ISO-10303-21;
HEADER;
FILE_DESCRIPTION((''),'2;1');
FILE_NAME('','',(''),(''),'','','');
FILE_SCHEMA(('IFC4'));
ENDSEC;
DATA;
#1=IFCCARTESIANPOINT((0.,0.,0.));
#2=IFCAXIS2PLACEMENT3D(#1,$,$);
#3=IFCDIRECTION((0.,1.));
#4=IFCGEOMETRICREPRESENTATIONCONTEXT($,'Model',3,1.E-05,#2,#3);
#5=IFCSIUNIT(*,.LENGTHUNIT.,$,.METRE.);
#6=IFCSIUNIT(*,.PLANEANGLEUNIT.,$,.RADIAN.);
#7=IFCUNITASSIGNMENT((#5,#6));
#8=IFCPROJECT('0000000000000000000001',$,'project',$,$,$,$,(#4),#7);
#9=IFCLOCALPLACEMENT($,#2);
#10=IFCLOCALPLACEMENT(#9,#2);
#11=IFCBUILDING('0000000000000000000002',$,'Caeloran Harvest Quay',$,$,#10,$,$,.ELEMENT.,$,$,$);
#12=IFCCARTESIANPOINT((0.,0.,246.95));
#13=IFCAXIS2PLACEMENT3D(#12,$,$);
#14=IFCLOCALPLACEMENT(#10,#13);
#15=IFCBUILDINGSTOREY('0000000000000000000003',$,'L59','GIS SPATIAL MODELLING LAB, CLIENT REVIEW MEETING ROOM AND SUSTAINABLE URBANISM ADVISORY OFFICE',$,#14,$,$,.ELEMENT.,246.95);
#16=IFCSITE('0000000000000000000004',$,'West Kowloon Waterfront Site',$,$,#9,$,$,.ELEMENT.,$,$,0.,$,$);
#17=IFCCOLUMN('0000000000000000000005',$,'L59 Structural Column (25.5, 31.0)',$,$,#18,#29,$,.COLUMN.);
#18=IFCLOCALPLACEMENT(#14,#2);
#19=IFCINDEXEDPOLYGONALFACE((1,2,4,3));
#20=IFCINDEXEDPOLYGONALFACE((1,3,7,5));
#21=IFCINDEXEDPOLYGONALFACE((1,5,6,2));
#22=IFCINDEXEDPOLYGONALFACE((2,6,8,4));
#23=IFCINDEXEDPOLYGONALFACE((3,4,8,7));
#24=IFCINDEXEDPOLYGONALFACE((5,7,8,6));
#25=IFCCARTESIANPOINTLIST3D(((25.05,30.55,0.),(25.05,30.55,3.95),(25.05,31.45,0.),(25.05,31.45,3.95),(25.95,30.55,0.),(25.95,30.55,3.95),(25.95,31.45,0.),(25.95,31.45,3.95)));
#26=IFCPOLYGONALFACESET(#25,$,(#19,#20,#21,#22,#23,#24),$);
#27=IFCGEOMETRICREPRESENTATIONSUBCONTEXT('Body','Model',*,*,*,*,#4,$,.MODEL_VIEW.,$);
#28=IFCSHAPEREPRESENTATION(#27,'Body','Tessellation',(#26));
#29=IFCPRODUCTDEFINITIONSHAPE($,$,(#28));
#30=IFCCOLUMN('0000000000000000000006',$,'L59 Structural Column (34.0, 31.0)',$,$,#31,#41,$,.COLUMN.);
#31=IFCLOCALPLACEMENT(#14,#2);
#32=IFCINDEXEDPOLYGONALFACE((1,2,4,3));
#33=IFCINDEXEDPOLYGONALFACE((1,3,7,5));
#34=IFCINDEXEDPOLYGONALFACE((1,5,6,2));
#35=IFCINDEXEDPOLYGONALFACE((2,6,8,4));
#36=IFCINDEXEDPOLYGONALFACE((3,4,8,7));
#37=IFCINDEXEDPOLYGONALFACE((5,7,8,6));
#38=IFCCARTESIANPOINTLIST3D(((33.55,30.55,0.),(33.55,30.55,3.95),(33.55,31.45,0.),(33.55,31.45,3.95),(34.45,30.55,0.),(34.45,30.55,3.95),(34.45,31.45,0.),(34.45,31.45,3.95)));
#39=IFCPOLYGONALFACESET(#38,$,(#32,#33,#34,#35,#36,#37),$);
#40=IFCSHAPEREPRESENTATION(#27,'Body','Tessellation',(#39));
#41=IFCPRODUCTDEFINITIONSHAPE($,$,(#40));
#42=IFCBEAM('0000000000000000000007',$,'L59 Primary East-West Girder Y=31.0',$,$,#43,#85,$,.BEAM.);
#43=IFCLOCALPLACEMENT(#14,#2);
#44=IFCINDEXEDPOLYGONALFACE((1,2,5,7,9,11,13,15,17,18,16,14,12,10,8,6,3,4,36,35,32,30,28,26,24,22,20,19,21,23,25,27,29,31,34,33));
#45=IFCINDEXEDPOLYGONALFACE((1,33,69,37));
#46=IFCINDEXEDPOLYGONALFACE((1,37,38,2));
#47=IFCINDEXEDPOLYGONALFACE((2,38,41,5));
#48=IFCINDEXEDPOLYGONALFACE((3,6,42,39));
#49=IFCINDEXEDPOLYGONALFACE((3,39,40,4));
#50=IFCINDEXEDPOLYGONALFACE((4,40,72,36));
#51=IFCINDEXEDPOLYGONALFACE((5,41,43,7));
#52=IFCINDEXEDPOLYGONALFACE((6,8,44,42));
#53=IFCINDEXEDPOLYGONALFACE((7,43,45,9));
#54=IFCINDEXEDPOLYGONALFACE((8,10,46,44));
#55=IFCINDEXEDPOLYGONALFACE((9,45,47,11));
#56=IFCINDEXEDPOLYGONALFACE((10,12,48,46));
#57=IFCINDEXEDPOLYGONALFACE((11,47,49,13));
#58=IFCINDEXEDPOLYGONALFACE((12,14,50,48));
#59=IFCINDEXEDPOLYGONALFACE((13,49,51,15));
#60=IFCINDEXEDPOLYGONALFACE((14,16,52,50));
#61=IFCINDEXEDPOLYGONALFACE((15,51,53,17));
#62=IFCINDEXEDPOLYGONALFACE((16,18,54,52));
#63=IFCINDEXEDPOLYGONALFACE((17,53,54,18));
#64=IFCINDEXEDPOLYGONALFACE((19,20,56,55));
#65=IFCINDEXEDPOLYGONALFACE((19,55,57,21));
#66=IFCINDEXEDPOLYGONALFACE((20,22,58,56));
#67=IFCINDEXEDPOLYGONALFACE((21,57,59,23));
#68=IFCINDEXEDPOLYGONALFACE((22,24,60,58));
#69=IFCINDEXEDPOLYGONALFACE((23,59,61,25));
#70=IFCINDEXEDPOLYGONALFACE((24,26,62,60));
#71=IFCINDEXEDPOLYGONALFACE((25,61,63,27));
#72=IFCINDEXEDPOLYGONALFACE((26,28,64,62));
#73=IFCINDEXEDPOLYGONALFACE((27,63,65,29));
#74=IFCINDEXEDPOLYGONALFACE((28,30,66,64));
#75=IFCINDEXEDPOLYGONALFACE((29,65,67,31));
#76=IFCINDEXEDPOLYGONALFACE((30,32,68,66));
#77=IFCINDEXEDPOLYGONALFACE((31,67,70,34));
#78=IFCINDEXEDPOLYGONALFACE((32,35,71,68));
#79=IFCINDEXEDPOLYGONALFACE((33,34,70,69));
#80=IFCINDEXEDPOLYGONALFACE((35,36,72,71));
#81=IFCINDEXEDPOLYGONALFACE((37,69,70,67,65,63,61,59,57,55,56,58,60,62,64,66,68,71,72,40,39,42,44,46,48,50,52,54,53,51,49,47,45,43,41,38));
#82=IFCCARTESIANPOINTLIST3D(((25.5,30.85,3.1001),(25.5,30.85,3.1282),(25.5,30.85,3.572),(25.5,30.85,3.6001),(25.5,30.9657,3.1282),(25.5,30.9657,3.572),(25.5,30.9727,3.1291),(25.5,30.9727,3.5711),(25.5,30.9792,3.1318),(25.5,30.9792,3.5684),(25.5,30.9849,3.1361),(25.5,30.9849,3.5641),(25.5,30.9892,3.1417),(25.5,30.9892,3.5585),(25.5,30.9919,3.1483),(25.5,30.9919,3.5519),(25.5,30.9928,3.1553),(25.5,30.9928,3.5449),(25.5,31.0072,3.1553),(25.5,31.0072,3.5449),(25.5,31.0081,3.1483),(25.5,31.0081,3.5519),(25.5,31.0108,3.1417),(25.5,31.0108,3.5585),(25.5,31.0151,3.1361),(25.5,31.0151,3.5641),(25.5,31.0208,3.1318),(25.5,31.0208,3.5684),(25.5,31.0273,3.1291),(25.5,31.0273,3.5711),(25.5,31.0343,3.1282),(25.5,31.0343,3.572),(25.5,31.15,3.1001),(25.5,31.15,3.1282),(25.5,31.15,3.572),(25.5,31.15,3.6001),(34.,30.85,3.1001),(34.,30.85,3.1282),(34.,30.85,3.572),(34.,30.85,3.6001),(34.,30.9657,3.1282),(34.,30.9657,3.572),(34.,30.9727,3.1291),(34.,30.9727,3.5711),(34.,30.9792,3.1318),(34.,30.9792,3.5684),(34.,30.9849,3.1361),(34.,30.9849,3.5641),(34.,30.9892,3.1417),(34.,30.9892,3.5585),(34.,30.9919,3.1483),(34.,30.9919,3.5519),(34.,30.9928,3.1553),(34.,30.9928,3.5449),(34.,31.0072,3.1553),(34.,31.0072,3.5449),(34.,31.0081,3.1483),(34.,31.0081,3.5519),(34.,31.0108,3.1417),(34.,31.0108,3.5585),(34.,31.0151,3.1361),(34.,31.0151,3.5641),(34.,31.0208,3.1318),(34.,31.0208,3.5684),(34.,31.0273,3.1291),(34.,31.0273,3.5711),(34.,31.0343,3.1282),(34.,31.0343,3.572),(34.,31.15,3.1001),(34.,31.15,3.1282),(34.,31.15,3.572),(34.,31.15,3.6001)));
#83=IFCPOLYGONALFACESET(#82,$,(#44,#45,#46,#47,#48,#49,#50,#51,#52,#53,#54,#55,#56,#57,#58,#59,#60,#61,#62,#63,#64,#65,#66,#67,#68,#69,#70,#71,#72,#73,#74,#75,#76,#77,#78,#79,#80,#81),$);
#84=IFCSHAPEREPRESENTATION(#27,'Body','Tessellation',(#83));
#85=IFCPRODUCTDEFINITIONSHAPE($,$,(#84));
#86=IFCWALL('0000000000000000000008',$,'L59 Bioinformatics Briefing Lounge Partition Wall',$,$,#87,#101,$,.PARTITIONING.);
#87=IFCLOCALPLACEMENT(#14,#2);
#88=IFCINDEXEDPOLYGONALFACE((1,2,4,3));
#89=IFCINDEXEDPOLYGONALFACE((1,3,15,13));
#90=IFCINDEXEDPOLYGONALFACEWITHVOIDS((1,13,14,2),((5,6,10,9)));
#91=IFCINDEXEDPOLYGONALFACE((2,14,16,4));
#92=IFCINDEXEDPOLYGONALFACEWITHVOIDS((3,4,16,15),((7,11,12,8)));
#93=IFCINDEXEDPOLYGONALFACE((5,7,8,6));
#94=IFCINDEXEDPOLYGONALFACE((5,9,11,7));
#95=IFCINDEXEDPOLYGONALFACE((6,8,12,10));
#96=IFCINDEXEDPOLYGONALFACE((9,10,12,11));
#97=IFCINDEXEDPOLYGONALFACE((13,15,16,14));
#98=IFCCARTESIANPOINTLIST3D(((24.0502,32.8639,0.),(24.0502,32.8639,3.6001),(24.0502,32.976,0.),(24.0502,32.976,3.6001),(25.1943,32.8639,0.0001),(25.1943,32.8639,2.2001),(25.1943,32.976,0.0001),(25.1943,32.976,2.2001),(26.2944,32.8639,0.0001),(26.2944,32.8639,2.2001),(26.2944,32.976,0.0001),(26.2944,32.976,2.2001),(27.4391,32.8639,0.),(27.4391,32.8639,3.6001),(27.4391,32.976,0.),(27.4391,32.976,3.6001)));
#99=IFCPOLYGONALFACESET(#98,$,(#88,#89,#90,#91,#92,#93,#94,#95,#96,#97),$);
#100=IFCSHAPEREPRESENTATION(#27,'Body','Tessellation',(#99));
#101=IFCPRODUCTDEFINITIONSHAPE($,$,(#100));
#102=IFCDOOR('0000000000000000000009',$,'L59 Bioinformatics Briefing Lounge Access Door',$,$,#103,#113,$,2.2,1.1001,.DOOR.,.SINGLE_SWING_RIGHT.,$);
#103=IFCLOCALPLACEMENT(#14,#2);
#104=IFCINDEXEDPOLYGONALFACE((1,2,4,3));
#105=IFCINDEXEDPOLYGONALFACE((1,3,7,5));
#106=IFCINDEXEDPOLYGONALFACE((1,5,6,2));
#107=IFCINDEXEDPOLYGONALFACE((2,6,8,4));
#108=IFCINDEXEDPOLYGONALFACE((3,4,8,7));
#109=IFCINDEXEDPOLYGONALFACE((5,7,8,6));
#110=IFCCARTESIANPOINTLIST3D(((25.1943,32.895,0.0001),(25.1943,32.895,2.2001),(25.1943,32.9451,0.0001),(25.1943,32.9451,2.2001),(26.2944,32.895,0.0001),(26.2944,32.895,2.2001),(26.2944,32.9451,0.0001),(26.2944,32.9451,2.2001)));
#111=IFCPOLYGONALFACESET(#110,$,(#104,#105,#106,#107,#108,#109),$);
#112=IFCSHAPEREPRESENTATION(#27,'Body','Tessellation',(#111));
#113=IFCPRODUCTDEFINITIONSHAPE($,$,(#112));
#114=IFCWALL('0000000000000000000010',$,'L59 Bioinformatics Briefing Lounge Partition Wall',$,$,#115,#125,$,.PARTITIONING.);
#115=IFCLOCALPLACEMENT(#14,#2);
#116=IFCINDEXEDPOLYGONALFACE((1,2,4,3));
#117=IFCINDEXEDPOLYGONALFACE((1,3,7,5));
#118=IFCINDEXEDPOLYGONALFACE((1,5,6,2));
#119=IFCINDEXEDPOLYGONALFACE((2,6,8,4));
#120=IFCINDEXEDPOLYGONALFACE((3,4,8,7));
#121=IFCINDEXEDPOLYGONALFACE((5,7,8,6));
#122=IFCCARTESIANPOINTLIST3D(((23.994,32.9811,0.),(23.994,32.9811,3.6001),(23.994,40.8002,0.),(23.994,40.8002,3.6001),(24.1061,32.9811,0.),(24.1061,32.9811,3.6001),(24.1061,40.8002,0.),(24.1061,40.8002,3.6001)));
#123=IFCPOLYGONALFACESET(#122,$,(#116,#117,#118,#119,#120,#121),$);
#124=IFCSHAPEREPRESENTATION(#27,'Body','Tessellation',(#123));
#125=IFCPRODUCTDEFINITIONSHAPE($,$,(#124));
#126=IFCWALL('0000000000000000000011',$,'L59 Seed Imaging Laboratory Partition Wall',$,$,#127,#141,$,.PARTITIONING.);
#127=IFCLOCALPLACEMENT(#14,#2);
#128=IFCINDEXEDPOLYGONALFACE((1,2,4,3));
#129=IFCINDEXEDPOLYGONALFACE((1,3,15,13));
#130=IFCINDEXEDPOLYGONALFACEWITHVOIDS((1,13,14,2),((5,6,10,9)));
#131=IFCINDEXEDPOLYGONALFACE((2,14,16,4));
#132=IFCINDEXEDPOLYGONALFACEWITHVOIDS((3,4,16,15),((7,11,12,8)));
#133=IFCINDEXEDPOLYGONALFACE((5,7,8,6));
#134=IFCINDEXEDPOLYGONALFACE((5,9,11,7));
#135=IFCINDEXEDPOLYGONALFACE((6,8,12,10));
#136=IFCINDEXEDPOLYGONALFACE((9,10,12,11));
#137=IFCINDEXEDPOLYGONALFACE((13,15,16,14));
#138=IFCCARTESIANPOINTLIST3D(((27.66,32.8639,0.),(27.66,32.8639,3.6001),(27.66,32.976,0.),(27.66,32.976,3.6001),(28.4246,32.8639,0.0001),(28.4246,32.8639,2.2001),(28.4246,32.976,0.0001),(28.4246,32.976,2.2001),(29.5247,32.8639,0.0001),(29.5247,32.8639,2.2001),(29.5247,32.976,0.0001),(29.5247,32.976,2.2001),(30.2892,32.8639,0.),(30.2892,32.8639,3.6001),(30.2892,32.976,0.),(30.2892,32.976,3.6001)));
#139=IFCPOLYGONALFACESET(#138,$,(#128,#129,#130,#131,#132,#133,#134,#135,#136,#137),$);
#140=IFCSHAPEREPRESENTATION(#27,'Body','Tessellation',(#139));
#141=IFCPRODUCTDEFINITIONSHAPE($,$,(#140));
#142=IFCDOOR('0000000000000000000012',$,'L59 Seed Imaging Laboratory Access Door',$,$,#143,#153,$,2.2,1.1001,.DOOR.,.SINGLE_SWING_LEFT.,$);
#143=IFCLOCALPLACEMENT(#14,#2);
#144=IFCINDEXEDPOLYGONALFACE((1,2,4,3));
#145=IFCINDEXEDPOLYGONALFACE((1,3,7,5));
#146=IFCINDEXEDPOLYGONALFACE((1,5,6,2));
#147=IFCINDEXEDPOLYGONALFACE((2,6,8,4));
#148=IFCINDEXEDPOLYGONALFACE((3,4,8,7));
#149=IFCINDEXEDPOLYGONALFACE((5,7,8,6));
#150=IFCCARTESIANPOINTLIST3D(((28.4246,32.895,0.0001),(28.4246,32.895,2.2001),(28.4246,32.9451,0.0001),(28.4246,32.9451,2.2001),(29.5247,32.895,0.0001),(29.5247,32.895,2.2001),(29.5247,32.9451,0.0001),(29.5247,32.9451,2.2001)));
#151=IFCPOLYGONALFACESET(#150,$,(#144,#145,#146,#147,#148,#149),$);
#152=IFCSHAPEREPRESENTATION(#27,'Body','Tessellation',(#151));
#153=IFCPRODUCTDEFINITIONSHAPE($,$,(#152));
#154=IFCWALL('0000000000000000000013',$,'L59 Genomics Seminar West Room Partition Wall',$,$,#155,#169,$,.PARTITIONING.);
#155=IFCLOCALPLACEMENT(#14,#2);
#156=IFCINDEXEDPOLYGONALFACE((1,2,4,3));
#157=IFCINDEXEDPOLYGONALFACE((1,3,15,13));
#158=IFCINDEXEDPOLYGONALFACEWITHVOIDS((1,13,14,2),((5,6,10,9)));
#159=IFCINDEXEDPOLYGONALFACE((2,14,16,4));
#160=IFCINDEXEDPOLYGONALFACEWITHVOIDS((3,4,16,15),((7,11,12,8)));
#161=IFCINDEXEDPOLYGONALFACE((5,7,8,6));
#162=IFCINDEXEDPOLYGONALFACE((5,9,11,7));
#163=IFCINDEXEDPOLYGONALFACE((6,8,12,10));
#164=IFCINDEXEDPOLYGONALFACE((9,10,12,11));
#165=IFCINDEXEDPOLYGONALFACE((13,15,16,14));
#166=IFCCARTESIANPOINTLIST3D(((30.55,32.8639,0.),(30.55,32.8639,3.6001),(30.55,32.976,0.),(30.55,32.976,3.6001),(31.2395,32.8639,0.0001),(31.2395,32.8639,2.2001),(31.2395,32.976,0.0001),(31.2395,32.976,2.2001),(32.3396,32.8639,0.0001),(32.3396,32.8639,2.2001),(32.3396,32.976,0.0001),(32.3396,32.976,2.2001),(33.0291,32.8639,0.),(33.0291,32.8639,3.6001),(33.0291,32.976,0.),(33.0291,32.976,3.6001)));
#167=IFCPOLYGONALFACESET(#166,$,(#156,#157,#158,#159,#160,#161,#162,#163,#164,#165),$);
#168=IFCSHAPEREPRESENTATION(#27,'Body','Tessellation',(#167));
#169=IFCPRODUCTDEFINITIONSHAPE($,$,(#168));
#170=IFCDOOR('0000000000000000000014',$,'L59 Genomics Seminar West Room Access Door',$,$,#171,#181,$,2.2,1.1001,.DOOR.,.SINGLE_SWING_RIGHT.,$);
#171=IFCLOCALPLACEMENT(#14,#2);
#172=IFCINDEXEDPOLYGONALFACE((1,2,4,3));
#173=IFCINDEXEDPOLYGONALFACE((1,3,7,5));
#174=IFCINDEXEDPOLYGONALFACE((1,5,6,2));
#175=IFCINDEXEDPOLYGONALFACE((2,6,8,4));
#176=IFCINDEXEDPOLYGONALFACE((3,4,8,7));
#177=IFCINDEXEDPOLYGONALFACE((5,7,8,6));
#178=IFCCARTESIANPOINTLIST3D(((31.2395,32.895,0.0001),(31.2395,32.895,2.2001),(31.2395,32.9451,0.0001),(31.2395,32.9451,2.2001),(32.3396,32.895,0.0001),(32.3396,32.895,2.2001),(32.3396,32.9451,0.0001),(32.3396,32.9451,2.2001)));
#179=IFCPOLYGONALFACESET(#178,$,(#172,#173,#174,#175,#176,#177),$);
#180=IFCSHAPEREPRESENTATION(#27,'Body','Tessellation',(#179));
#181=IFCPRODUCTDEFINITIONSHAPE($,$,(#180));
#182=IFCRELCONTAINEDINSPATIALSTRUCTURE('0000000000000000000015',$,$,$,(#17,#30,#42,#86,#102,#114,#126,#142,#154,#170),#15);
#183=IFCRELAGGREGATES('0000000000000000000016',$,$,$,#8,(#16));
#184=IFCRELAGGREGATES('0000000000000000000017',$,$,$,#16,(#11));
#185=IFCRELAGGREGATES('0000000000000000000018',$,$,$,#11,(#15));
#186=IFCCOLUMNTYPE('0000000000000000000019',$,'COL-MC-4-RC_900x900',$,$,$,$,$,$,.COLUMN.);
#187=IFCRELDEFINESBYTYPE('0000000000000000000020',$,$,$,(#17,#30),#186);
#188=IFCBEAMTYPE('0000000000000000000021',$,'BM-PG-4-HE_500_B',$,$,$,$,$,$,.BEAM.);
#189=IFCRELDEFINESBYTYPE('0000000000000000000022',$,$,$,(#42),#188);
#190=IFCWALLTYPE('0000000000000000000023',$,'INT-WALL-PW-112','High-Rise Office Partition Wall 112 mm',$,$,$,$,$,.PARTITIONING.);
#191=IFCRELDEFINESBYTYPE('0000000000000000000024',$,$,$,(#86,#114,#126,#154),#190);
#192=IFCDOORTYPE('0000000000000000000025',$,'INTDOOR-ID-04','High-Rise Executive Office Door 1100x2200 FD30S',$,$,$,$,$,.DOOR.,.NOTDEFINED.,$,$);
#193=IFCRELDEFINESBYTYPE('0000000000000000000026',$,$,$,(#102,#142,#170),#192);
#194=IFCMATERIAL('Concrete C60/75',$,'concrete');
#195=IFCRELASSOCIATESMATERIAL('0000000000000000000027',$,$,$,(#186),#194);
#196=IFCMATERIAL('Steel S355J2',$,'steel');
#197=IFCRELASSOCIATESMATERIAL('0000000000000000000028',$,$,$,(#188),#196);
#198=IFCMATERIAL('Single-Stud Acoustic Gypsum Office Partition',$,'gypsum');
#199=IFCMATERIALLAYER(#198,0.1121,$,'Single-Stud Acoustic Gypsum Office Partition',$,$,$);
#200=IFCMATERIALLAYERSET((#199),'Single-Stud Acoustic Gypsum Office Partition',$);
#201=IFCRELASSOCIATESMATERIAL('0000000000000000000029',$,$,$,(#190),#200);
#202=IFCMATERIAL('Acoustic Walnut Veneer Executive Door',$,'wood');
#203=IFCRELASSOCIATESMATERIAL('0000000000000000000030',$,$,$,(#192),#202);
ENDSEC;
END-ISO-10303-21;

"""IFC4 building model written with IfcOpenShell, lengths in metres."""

from ifc_helpers import new_model, si_unit, direction, frame, frame_2d, origin, origin_2d, place, context, subcontext, project, spatial, rectangle, i_section, extrude, material, layer, layer_set, material_profile, profile_set, type_object, element, fill, save


model = new_model("IFC4")

# Units and contexts
model_context = context("Model", 3, precision=1e-05, world=origin(), true_north=direction((0.0, 1.0)))
body_context = subcontext(model_context, "Body", "Model", "MODEL_VIEW")
ifc_project = project(units=[si_unit("LENGTHUNIT", "METRE"), si_unit("PLANEANGLEUNIT", "RADIAN")], contexts=[model_context])

# Site, building, storey
site_placement = place(None, origin())
site = spatial("IfcSite", under=ifc_project, at=site_placement, Name="West Kowloon Waterfront Site", CompositionType="ELEMENT", RefElevation=0.0)
building_placement = place(site_placement, origin())
building = spatial("IfcBuilding", under=site, at=building_placement, Name="Caeloran Harvest Quay", CompositionType="ELEMENT")
storey_placement = place(building_placement, frame((0.0, 0.0, 246.95)))
storey = spatial("IfcBuildingStorey", under=building, at=storey_placement, Name="L59", Description="GIS SPATIAL MODELLING LAB, CLIENT REVIEW MEETING ROOM AND SUSTAINABLE URBANISM ADVISORY OFFICE", CompositionType="ELEMENT", Elevation=246.95)

# Columns
ifc_material_1 = material(Name="Concrete C60/75", Category="concrete")
ifc_material_profile_1 = material_profile(ifc_material_1, rectangle(XDim=0.8999, YDim=0.8999, at=origin_2d()), Name="RC 900x900")
ifc_profile_set_1 = profile_set([ifc_material_profile_1], Name="Concrete C60/75")
column_type = type_object("IfcColumnType", Name="COL-MC-4-RC_900x900", PredefinedType="COLUMN", material=ifc_profile_set_1)
for number, where, z_axis, x_axis, name in (
    (1, (25.5, 31.0, 0.0), (0.0, 0.0, 1.0), (1.0, 0.0, 0.0), "L59 Structural Column (25.5, 31.0)"),
    (2, (34.0, 31.0, 0.0), (0.0, 0.0, 1.0), (1.0, 0.0, 0.0), "L59 Structural Column (34.0, 31.0)"),
):
    element("IfcColumn", number, at=place(storey_placement, frame(where, z_axis=z_axis, x_axis=x_axis)), inside=storey, type_object=column_type, Name=name, PredefinedType="COLUMN", context=body_context, shape_type="SweptSolid", body=[
        extrude(rectangle(XDim=0.8999, YDim=0.8999, at=origin_2d()), origin(), (0.0, 0.0, 1.0), 3.95),
    ])

# Beam
ifc_material_2 = material(Name="Steel S355J2", Category="steel")
ifc_material_profile_2 = material_profile(ifc_material_2, i_section(OverallWidth=0.3, OverallDepth=0.5, WebThickness=0.0144, FlangeThickness=0.0281, FilletRadius=0.0271, at=origin_2d()), Name="HE 500 B")
ifc_profile_set_2 = profile_set([ifc_material_profile_2], Name="Steel S355J2")
beam_type = type_object("IfcBeamType", Name="BM-PG-4-HE_500_B", PredefinedType="BEAM", material=ifc_profile_set_2)
beam_placement = place(storey_placement, frame((25.5, 31.0, 3.3501), z_axis=(1.0, 0.0, 0.0), x_axis=(0.0, 1.0, 0.0)))
element("IfcBeam", 3, at=beam_placement, inside=storey, type_object=beam_type, Name="L59 Primary East-West Girder Y=31.0", PredefinedType="BEAM", context=body_context, shape_type="SweptSolid", body=[
    extrude(i_section(OverallWidth=0.3, OverallDepth=0.5, WebThickness=0.0144, FlangeThickness=0.0281, FilletRadius=0.0271, at=origin_2d()), origin(), (0.0, 0.0, 1.0), 8.5),
])

# Wall, opening, door
ifc_material_3 = material(Name="Single-Stud Acoustic Gypsum Office Partition", Category="gypsum")
ifc_layer_1 = layer(ifc_material_3, 0.1121, Name="Single-Stud Acoustic Gypsum Office Partition")
ifc_layer_set_1 = layer_set([ifc_layer_1], Name="Single-Stud Acoustic Gypsum Office Partition")
wall_type_1 = type_object("IfcWallType", Name="INT-WALL-PW-112", Description="High-Rise Office Partition Wall 112 mm", PredefinedType="PARTITIONING", material=ifc_layer_set_1)
wall_1_placement = place(storey_placement, frame((27.439, 32.9199, 0.0), z_axis=(0.0, 0.0, 1.0), x_axis=(-1.0, 0.0, 0.0)))
wall_1 = element("IfcWall", 4, at=wall_1_placement, inside=storey, type_object=wall_type_1, Name="L59 Bioinformatics Briefing Lounge Partition Wall", PredefinedType="PARTITIONING", context=body_context, shape_type="SweptSolid", body=[
    extrude(rectangle(XDim=3.3889, YDim=0.1121, at=frame_2d((1.6943, 0.0))), origin(), (0.0, 0.0, 1.0), 3.6001),
])
opening_1_placement = place(wall_1_placement, frame((1.1445, 0.0, 0.0)))
opening_1 = element("IfcOpeningElement", 5, at=opening_1_placement, cuts=wall_1, PredefinedType="OPENING", context=body_context, shape_type="SweptSolid", body=[
    extrude(rectangle(XDim=1.1001, YDim=2.2, at=frame_2d((0.55, 1.1001))), frame((0.0, 0.0659, 0.0), z_axis=(0.0, -1.0, 0.0), x_axis=(1.0, 0.0, 0.0)), (0.0, 0.0, 1.0), 0.1321),
])
ifc_material_4 = material(Name="Acoustic Walnut Veneer Executive Door", Category="wood")
door_type_1 = type_object("IfcDoorType", Name="INTDOOR-ID-04", Description="High-Rise Executive Office Door 1100x2200 FD30S", OperationType="NOTDEFINED", PredefinedType="DOOR", material=ifc_material_4)
door_1_placement = place(opening_1_placement, origin())
door_1 = element("IfcDoor", 6, at=door_1_placement, inside=storey, type_object=door_type_1, Name="L59 Bioinformatics Briefing Lounge Access Door", OperationType="SINGLE_SWING_RIGHT", OverallHeight=2.2, OverallWidth=1.1001, PredefinedType="DOOR", context=body_context, shape_type="SweptSolid", body=[
    extrude(rectangle(XDim=1.1001, YDim=2.2, at=frame_2d((0.55, 1.1001))), frame((0.0, 0.0249, 0.0), z_axis=(0.0, -1.0, 0.0), x_axis=(1.0, 0.0, 0.0)), (0.0, 0.0, 1.0), 0.05),
])
fill(opening_1, door_1)

# Wall
wall_2_placement = place(storey_placement, frame((24.05, 32.981, 0.0), z_axis=(0.0, 0.0, 1.0), x_axis=(0.0, 1.0, 0.0)))
element("IfcWall", 7, at=wall_2_placement, inside=storey, type_object=wall_type_1, Name="L59 Bioinformatics Briefing Lounge Partition Wall", PredefinedType="PARTITIONING", context=body_context, shape_type="SweptSolid", body=[
    extrude(rectangle(XDim=7.8191, YDim=0.1121, at=frame_2d((3.9097, 0.0))), origin(), (0.0, 0.0, 1.0), 3.6001),
])

# Walls, openings, doors
wall_3_placement = place(storey_placement, frame((30.2891, 32.9199, 0.0), z_axis=(0.0, 0.0, 1.0), x_axis=(-1.0, 0.0, 0.0)))
wall_3 = element("IfcWall", 8, at=wall_3_placement, inside=storey, type_object=wall_type_1, Name="L59 Seed Imaging Laboratory Partition Wall", PredefinedType="PARTITIONING", context=body_context, shape_type="SweptSolid", body=[
    extrude(rectangle(XDim=2.6292, YDim=0.1121, at=frame_2d((1.3145, 0.0))), origin(), (0.0, 0.0, 1.0), 3.6001),
])
opening_2_placement = place(wall_3_placement, frame((0.7644, 0.0, 0.0)))
opening_2 = element("IfcOpeningElement", 9, at=opening_2_placement, cuts=wall_3, PredefinedType="OPENING", context=body_context, shape_type="SweptSolid", body=[
    extrude(rectangle(XDim=1.1001, YDim=2.2, at=frame_2d((0.55, 1.1001))), frame((0.0, 0.0659, 0.0), z_axis=(0.0, -1.0, 0.0), x_axis=(1.0, 0.0, 0.0)), (0.0, 0.0, 1.0), 0.1321),
])
door_2_placement = place(opening_2_placement, origin())
door_2 = element("IfcDoor", 10, at=door_2_placement, inside=storey, type_object=door_type_1, Name="L59 Seed Imaging Laboratory Access Door", OperationType="SINGLE_SWING_LEFT", OverallHeight=2.2, OverallWidth=1.1001, PredefinedType="DOOR", context=body_context, shape_type="SweptSolid", body=[
    extrude(rectangle(XDim=1.1001, YDim=2.2, at=frame_2d((0.55, 1.1001))), frame((0.0, 0.0249, 0.0), z_axis=(0.0, -1.0, 0.0), x_axis=(1.0, 0.0, 0.0)), (0.0, 0.0, 1.0), 0.05),
])
fill(opening_2, door_2)
wall_4_placement = place(storey_placement, frame((33.0291, 32.9199, 0.0), z_axis=(0.0, 0.0, 1.0), x_axis=(-1.0, 0.0, 0.0)))
wall_4 = element("IfcWall", 11, at=wall_4_placement, inside=storey, type_object=wall_type_1, Name="L59 Genomics Seminar West Room Partition Wall", PredefinedType="PARTITIONING", context=body_context, shape_type="SweptSolid", body=[
    extrude(rectangle(XDim=2.479, YDim=0.1121, at=frame_2d((1.2395, 0.0))), origin(), (0.0, 0.0, 1.0), 3.6001),
])
opening_3_placement = place(wall_4_placement, frame((0.6895, 0.0, 0.0)))
opening_3 = element("IfcOpeningElement", 12, at=opening_3_placement, cuts=wall_4, PredefinedType="OPENING", context=body_context, shape_type="SweptSolid", body=[
    extrude(rectangle(XDim=1.1001, YDim=2.2, at=frame_2d((0.55, 1.1001))), frame((0.0, 0.0659, 0.0), z_axis=(0.0, -1.0, 0.0), x_axis=(1.0, 0.0, 0.0)), (0.0, 0.0, 1.0), 0.1321),
])
door_3_placement = place(opening_3_placement, origin())
door_3 = element("IfcDoor", 13, at=door_3_placement, inside=storey, type_object=door_type_1, Name="L59 Genomics Seminar West Room Access Door", OperationType="SINGLE_SWING_RIGHT", OverallHeight=2.2, OverallWidth=1.1001, PredefinedType="DOOR", context=body_context, shape_type="SweptSolid", body=[
    extrude(rectangle(XDim=1.1001, YDim=2.2, at=frame_2d((0.55, 1.1001))), frame((0.0, 0.0249, 0.0), z_axis=(0.0, -1.0, 0.0), x_axis=(1.0, 0.0, 0.0)), (0.0, 0.0, 1.0), 0.05),
])
fill(opening_3, door_3)

save(model, "model.ifc")
